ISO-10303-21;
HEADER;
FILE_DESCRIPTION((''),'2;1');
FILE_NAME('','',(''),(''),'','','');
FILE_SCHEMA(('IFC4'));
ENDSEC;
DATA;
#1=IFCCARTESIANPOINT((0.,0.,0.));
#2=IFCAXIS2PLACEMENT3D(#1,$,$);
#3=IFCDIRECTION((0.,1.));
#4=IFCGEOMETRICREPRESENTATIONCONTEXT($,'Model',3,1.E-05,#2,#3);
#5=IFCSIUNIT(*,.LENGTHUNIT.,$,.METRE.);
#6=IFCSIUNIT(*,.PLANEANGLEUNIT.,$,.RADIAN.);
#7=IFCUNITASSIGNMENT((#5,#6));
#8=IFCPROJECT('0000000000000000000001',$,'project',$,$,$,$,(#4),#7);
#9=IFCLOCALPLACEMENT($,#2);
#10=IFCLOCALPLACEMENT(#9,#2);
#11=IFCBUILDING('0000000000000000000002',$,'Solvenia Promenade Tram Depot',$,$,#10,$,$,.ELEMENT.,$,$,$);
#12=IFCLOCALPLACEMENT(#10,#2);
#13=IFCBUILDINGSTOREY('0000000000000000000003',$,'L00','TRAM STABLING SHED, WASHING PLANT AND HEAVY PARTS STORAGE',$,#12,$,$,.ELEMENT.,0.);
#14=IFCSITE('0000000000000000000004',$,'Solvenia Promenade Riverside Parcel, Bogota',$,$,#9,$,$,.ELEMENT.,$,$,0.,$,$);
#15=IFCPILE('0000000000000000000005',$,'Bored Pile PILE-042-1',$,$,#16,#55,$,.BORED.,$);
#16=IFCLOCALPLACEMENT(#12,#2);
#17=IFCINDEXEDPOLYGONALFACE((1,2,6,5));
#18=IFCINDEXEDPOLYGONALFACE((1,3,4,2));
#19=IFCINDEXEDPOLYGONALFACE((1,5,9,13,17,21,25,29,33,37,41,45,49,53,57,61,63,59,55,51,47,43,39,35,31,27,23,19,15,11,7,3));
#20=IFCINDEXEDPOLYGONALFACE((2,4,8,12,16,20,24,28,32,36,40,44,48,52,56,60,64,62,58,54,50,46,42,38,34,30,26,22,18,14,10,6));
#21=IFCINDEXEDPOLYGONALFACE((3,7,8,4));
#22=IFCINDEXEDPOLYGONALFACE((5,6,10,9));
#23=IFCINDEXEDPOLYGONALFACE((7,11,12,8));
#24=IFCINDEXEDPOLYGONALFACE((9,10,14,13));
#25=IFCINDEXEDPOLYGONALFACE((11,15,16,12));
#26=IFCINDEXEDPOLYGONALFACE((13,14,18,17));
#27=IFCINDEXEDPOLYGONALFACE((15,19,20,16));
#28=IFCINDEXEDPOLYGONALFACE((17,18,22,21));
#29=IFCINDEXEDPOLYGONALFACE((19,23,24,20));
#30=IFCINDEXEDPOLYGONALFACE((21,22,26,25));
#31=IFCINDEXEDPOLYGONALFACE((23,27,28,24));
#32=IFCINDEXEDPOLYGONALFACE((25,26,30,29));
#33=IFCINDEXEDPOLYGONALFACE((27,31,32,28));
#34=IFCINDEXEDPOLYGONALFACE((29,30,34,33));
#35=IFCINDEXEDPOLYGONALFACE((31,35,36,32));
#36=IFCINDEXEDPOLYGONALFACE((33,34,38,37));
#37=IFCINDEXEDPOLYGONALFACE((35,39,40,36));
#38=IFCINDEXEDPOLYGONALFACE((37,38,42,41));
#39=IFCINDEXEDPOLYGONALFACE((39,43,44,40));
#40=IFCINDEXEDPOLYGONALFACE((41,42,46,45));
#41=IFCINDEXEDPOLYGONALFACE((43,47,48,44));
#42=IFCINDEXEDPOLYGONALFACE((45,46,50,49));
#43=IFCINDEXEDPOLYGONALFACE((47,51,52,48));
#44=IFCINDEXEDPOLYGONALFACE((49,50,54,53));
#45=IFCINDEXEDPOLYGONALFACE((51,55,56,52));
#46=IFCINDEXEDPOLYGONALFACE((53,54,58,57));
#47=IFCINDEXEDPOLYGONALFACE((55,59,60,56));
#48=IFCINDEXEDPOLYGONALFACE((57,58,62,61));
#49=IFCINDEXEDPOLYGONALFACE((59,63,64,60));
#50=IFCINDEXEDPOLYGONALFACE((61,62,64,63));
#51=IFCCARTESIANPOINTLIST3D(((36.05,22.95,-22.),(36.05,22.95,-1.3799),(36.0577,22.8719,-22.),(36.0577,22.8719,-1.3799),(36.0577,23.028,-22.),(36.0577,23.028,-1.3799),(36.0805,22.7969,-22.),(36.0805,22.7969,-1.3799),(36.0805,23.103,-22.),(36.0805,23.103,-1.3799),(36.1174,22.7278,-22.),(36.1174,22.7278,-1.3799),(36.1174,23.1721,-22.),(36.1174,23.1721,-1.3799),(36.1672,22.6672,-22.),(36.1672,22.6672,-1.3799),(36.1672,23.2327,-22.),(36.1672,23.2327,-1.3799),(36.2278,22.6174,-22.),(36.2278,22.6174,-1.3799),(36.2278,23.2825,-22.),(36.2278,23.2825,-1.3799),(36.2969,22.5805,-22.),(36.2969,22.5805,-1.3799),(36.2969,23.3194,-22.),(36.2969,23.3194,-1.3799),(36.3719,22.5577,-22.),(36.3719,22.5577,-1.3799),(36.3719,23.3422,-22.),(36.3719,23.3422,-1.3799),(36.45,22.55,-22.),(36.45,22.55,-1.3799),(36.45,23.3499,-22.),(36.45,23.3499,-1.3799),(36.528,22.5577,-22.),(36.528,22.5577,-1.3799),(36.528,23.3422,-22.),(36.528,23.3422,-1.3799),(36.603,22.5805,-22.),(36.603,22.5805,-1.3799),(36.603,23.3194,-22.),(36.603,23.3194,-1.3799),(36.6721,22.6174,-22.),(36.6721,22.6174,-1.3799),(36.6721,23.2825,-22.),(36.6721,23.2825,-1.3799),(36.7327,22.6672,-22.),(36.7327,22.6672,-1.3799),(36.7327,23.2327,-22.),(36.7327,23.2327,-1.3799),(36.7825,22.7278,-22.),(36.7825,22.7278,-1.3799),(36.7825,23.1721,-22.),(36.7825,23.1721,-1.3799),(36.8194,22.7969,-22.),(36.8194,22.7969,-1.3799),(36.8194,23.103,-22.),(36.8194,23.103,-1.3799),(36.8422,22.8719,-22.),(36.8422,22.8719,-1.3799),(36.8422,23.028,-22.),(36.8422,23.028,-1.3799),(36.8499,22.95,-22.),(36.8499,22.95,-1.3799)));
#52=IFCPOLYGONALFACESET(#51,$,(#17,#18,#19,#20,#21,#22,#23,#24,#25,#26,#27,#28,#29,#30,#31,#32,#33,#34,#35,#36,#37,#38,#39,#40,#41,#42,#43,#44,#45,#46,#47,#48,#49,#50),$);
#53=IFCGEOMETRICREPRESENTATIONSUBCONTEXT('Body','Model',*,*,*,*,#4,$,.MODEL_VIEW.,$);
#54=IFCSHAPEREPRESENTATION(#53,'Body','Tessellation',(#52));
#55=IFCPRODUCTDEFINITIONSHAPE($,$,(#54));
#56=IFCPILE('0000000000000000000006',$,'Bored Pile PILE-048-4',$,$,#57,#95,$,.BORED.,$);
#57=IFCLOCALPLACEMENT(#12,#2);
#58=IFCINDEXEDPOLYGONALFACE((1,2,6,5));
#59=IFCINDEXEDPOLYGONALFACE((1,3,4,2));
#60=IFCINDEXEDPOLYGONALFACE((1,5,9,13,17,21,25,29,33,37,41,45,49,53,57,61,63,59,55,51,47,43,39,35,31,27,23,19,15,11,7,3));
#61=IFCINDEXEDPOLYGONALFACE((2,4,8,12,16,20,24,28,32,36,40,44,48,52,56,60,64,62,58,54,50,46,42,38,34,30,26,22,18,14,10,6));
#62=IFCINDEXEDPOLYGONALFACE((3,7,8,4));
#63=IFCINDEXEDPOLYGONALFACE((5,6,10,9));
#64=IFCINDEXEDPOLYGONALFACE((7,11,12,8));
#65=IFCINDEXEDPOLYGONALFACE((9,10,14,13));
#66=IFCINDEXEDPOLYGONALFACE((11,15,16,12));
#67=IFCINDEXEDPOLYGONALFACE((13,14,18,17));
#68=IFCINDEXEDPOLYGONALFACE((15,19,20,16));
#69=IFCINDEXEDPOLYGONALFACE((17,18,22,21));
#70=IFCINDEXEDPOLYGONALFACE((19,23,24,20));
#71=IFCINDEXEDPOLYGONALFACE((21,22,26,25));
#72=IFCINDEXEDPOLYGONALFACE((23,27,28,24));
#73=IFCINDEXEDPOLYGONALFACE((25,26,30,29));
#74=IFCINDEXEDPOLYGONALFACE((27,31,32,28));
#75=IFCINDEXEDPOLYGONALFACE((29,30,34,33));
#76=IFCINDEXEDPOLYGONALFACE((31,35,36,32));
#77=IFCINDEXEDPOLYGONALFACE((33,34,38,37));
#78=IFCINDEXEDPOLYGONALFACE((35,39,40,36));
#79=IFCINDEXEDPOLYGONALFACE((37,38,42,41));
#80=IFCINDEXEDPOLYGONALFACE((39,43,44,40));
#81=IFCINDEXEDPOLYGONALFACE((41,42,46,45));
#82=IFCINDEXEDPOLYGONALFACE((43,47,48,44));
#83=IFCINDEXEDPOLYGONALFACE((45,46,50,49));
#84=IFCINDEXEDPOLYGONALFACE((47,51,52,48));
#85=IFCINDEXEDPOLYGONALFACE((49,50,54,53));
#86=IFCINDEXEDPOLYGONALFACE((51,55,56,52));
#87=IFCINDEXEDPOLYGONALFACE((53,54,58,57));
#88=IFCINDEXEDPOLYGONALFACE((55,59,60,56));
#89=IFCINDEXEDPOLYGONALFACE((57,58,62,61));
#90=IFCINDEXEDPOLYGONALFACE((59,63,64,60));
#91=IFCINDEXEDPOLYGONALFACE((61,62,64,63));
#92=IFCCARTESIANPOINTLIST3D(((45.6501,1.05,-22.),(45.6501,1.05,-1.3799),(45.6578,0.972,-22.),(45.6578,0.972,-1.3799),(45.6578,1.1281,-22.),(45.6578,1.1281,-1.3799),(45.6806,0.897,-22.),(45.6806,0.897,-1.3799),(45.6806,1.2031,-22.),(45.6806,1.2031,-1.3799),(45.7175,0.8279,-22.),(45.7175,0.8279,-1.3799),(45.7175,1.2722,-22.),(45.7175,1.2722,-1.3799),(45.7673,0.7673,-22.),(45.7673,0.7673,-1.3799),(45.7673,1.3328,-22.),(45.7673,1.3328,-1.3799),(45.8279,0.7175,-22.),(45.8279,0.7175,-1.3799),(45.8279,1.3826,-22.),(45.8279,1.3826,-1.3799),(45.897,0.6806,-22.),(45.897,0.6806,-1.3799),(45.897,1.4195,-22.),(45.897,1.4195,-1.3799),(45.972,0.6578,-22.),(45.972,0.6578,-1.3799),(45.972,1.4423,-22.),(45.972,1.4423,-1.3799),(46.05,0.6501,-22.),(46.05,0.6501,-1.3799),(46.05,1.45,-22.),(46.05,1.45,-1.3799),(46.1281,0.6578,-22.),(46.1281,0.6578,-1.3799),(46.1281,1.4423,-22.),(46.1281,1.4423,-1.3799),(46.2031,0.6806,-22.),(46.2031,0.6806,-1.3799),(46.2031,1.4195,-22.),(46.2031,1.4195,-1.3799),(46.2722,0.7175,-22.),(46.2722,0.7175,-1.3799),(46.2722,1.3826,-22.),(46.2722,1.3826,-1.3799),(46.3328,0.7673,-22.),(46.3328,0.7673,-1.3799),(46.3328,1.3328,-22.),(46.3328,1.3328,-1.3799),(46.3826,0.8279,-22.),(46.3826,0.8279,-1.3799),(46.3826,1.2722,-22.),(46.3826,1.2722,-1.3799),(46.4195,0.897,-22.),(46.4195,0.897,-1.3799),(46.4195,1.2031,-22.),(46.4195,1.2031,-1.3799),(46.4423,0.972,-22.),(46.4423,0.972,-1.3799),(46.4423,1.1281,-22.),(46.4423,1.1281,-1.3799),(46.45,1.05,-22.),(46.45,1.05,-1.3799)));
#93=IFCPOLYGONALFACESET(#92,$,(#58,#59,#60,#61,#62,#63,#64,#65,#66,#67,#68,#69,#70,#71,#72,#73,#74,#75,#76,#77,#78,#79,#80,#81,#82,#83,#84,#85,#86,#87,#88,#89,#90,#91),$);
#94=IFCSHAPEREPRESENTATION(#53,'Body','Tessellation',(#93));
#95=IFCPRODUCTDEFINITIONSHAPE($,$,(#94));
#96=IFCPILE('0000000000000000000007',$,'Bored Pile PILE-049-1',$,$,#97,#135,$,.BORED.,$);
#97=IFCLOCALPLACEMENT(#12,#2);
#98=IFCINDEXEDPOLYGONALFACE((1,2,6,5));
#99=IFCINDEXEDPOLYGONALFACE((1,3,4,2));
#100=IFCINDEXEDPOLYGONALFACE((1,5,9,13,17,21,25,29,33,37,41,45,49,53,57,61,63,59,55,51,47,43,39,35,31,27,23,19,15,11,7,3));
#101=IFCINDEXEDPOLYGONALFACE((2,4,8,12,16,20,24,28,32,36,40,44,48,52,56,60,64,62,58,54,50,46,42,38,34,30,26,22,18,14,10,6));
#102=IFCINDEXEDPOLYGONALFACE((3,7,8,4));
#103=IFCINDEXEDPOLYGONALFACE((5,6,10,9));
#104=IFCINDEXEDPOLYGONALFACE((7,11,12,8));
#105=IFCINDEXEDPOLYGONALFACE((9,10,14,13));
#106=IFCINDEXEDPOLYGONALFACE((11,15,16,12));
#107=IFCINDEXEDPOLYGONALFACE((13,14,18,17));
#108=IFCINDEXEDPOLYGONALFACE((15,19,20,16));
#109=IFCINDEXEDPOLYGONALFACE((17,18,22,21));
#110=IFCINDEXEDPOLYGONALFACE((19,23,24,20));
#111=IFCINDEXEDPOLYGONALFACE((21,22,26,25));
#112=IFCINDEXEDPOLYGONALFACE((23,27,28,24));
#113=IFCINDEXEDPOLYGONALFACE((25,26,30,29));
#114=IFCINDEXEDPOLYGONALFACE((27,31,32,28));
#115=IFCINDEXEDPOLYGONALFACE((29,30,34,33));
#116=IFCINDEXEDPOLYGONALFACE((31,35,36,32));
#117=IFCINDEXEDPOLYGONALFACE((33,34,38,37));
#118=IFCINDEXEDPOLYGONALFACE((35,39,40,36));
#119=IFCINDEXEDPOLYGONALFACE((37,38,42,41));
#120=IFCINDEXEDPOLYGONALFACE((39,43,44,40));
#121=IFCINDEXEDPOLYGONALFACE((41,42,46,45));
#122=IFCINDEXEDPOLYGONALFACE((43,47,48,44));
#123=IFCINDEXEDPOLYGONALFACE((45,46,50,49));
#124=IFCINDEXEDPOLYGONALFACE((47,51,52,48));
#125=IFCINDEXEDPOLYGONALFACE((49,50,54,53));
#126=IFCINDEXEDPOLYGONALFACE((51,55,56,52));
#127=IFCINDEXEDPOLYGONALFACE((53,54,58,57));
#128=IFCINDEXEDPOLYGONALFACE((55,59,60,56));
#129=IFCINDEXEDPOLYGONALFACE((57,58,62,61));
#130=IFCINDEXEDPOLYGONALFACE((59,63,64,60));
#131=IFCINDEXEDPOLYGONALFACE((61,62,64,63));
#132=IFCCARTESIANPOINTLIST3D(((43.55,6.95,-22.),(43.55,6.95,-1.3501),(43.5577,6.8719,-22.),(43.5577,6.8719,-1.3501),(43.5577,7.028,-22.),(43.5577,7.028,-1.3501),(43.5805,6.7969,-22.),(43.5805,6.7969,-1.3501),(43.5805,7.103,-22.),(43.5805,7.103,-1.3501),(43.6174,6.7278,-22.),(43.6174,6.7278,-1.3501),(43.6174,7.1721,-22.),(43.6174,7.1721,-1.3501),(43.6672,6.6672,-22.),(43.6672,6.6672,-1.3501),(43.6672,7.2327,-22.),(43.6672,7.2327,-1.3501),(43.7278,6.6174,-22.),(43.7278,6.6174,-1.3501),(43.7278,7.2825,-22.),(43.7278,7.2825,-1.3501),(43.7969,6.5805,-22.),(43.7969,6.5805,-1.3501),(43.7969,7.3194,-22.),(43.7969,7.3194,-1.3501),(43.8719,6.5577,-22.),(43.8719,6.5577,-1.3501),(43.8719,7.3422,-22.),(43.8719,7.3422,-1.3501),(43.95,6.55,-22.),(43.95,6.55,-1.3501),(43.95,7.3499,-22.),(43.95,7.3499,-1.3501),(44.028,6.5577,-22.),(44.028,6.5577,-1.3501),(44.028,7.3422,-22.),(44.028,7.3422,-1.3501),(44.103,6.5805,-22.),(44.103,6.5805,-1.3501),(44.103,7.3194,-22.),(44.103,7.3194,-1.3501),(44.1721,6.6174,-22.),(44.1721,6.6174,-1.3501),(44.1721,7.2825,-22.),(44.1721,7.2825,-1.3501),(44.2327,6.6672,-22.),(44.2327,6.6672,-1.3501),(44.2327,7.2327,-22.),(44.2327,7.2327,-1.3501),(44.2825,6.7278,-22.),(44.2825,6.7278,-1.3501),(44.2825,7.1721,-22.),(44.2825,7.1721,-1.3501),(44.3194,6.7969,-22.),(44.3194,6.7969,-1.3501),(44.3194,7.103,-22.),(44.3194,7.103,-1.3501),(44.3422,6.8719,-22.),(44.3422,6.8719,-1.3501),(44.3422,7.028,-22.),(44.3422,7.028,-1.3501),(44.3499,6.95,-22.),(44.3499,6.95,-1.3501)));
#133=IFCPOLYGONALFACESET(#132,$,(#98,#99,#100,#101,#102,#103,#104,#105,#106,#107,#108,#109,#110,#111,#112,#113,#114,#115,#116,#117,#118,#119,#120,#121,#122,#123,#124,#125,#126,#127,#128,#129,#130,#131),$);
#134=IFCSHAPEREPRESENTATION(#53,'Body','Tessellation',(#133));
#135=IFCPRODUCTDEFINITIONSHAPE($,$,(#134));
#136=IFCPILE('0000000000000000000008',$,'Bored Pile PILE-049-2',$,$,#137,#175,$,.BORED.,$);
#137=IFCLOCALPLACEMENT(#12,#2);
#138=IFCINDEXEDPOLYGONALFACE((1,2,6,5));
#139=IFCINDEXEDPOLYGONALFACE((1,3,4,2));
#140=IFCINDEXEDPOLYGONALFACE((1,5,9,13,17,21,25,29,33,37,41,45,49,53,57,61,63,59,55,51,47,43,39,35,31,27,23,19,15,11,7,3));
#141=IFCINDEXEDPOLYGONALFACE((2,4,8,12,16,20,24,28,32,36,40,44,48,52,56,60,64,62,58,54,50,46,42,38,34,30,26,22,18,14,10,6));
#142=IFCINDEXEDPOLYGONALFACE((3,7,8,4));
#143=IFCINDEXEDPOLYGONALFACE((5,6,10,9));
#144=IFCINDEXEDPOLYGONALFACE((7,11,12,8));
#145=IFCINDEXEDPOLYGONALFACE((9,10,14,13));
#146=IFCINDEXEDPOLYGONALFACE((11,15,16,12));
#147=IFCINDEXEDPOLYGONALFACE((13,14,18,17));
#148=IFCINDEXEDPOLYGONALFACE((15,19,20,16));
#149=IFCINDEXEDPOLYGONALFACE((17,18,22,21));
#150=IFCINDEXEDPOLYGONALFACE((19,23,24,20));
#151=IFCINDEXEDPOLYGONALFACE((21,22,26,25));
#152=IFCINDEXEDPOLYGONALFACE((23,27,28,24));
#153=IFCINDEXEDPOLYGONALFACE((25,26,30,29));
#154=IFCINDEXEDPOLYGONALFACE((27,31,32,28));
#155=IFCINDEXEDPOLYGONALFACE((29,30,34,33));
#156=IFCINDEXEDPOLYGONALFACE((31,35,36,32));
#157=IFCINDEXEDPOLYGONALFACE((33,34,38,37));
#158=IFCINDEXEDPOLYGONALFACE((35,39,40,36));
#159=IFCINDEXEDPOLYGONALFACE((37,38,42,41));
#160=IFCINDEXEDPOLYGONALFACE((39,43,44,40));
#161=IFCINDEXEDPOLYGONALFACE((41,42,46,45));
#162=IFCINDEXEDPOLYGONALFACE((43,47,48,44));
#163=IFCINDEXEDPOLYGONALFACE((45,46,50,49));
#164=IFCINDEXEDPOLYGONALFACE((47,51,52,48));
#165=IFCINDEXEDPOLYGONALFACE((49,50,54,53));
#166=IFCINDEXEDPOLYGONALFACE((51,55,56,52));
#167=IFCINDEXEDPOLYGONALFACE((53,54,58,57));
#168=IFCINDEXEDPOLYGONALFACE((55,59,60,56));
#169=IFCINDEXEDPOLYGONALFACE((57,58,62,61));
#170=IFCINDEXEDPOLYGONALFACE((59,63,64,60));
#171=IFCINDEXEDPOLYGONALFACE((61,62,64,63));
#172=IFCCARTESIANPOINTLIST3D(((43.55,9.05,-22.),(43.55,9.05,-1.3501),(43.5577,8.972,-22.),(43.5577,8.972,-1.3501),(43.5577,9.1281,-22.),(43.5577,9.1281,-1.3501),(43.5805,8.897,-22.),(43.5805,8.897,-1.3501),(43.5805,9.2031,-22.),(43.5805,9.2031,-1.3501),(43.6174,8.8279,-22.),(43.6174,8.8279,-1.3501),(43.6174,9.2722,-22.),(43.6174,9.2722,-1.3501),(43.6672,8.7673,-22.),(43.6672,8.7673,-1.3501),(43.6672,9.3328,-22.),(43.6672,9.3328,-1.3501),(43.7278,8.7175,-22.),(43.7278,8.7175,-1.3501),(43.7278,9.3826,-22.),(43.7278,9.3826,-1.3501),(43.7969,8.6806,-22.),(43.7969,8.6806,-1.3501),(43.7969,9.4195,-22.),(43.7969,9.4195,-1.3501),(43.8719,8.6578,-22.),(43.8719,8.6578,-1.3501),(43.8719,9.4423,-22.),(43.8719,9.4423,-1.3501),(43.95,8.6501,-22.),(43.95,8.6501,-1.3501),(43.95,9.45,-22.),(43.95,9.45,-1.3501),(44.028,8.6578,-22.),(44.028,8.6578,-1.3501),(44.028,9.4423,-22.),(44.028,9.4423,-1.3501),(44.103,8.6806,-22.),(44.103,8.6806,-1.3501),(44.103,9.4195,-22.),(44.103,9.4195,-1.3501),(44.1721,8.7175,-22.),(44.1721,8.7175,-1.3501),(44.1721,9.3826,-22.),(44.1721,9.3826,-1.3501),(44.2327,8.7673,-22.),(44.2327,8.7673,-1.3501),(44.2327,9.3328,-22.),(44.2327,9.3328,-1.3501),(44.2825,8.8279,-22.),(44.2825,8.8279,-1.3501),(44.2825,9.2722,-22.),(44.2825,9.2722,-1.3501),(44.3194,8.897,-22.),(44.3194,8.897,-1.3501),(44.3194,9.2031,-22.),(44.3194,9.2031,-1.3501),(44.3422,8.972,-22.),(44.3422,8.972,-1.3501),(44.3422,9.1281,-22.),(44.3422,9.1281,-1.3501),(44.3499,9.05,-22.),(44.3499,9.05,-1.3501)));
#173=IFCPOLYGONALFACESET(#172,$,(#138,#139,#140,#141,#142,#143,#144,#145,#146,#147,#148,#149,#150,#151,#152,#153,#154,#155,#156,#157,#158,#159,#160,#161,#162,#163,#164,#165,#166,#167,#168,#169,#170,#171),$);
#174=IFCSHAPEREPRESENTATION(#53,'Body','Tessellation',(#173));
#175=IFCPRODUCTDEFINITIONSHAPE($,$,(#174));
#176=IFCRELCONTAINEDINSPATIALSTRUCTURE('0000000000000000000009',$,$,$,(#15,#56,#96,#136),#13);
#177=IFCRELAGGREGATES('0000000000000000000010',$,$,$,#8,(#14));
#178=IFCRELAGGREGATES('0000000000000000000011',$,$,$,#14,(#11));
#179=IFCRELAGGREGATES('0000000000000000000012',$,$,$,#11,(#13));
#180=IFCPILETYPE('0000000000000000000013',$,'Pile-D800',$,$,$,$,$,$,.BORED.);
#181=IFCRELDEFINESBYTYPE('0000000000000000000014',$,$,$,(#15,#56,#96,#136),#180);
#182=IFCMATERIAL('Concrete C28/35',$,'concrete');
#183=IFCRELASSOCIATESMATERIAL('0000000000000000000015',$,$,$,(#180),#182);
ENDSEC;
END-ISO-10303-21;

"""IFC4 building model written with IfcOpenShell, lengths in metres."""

from ifc_helpers import new_model, si_unit, direction, frame, origin, origin_2d, place, context, subcontext, project, spatial, circle, extrude, material, material_profile, profile_set, type_object, element, save


model = new_model("IFC4")

# Units and contexts
model_context = context("Model", 3, precision=1e-05, world=origin(), true_north=direction((0.0, 1.0)))
body_context = subcontext(model_context, "Body", "Model", "MODEL_VIEW")
ifc_project = project(units=[si_unit("LENGTHUNIT", "METRE"), si_unit("PLANEANGLEUNIT", "RADIAN")], contexts=[model_context])

# Site, building, storey
site_placement = place(None, origin())
site = spatial("IfcSite", under=ifc_project, at=site_placement, Name="Solvenia Promenade Riverside Parcel, Bogota", CompositionType="ELEMENT", RefElevation=0.0)
building_placement = place(site_placement, origin())
building = spatial("IfcBuilding", under=site, at=building_placement, Name="Solvenia Promenade Tram Depot", CompositionType="ELEMENT")
storey_placement = place(building_placement, origin())
storey = spatial("IfcBuildingStorey", under=building, at=storey_placement, Name="L00", Description="TRAM STABLING SHED, WASHING PLANT AND HEAVY PARTS STORAGE", CompositionType="ELEMENT", Elevation=0.0)

# Shared definitions
ifc_material_1 = material(Name="Concrete C28/35", Category="concrete")

# Piles
ifc_material_profile_1 = material_profile(ifc_material_1, circle(Radius=0.3999, at=origin_2d()), Name="D800", Category="concrete")
ifc_profile_set_1 = profile_set([ifc_material_profile_1], Name="Concrete C28/35")
pile_type_1 = type_object("IfcPileType", Name="Pile-D800", PredefinedType="BORED", material=ifc_profile_set_1)
for number, where, z_axis, x_axis, name in (
    (1, (36.45, 22.95, -1.3799), (0.0, 0.0, -1.0), (1.0, 0.0, 0.0), "Bored Pile PILE-042-1"),
    (2, (46.05, 1.05, -1.3799), (0.0, 0.0, -1.0), (1.0, 0.0, 0.0), "Bored Pile PILE-048-4"),
):
    element("IfcPile", number, at=place(storey_placement, frame(where, z_axis=z_axis, x_axis=x_axis)), inside=storey, type_object=pile_type_1, Name=name, PredefinedType="BORED", context=body_context, shape_type="SweptSolid", body=[
        extrude(circle(Radius=0.3999, at=origin_2d()), origin(), (0.0, 0.0, 1.0), 20.6201),
    ])
for number, where, z_axis, x_axis, name in (
    (3, (43.95, 6.95, -1.3501), (0.0, 0.0, -1.0), (1.0, 0.0, 0.0), "Bored Pile PILE-049-1"),
    (4, (43.95, 9.05, -1.3501), (0.0, 0.0, -1.0), (1.0, 0.0, 0.0), "Bored Pile PILE-049-2"),
):
    element("IfcPile", number, at=place(storey_placement, frame(where, z_axis=z_axis, x_axis=x_axis)), inside=storey, type_object=pile_type_1, Name=name, PredefinedType="BORED", context=body_context, shape_type="SweptSolid", body=[
        extrude(circle(Radius=0.3999, at=origin_2d()), origin(), (0.0, 0.0, 1.0), 20.6499),
    ])

save(model, "model.ifc")
